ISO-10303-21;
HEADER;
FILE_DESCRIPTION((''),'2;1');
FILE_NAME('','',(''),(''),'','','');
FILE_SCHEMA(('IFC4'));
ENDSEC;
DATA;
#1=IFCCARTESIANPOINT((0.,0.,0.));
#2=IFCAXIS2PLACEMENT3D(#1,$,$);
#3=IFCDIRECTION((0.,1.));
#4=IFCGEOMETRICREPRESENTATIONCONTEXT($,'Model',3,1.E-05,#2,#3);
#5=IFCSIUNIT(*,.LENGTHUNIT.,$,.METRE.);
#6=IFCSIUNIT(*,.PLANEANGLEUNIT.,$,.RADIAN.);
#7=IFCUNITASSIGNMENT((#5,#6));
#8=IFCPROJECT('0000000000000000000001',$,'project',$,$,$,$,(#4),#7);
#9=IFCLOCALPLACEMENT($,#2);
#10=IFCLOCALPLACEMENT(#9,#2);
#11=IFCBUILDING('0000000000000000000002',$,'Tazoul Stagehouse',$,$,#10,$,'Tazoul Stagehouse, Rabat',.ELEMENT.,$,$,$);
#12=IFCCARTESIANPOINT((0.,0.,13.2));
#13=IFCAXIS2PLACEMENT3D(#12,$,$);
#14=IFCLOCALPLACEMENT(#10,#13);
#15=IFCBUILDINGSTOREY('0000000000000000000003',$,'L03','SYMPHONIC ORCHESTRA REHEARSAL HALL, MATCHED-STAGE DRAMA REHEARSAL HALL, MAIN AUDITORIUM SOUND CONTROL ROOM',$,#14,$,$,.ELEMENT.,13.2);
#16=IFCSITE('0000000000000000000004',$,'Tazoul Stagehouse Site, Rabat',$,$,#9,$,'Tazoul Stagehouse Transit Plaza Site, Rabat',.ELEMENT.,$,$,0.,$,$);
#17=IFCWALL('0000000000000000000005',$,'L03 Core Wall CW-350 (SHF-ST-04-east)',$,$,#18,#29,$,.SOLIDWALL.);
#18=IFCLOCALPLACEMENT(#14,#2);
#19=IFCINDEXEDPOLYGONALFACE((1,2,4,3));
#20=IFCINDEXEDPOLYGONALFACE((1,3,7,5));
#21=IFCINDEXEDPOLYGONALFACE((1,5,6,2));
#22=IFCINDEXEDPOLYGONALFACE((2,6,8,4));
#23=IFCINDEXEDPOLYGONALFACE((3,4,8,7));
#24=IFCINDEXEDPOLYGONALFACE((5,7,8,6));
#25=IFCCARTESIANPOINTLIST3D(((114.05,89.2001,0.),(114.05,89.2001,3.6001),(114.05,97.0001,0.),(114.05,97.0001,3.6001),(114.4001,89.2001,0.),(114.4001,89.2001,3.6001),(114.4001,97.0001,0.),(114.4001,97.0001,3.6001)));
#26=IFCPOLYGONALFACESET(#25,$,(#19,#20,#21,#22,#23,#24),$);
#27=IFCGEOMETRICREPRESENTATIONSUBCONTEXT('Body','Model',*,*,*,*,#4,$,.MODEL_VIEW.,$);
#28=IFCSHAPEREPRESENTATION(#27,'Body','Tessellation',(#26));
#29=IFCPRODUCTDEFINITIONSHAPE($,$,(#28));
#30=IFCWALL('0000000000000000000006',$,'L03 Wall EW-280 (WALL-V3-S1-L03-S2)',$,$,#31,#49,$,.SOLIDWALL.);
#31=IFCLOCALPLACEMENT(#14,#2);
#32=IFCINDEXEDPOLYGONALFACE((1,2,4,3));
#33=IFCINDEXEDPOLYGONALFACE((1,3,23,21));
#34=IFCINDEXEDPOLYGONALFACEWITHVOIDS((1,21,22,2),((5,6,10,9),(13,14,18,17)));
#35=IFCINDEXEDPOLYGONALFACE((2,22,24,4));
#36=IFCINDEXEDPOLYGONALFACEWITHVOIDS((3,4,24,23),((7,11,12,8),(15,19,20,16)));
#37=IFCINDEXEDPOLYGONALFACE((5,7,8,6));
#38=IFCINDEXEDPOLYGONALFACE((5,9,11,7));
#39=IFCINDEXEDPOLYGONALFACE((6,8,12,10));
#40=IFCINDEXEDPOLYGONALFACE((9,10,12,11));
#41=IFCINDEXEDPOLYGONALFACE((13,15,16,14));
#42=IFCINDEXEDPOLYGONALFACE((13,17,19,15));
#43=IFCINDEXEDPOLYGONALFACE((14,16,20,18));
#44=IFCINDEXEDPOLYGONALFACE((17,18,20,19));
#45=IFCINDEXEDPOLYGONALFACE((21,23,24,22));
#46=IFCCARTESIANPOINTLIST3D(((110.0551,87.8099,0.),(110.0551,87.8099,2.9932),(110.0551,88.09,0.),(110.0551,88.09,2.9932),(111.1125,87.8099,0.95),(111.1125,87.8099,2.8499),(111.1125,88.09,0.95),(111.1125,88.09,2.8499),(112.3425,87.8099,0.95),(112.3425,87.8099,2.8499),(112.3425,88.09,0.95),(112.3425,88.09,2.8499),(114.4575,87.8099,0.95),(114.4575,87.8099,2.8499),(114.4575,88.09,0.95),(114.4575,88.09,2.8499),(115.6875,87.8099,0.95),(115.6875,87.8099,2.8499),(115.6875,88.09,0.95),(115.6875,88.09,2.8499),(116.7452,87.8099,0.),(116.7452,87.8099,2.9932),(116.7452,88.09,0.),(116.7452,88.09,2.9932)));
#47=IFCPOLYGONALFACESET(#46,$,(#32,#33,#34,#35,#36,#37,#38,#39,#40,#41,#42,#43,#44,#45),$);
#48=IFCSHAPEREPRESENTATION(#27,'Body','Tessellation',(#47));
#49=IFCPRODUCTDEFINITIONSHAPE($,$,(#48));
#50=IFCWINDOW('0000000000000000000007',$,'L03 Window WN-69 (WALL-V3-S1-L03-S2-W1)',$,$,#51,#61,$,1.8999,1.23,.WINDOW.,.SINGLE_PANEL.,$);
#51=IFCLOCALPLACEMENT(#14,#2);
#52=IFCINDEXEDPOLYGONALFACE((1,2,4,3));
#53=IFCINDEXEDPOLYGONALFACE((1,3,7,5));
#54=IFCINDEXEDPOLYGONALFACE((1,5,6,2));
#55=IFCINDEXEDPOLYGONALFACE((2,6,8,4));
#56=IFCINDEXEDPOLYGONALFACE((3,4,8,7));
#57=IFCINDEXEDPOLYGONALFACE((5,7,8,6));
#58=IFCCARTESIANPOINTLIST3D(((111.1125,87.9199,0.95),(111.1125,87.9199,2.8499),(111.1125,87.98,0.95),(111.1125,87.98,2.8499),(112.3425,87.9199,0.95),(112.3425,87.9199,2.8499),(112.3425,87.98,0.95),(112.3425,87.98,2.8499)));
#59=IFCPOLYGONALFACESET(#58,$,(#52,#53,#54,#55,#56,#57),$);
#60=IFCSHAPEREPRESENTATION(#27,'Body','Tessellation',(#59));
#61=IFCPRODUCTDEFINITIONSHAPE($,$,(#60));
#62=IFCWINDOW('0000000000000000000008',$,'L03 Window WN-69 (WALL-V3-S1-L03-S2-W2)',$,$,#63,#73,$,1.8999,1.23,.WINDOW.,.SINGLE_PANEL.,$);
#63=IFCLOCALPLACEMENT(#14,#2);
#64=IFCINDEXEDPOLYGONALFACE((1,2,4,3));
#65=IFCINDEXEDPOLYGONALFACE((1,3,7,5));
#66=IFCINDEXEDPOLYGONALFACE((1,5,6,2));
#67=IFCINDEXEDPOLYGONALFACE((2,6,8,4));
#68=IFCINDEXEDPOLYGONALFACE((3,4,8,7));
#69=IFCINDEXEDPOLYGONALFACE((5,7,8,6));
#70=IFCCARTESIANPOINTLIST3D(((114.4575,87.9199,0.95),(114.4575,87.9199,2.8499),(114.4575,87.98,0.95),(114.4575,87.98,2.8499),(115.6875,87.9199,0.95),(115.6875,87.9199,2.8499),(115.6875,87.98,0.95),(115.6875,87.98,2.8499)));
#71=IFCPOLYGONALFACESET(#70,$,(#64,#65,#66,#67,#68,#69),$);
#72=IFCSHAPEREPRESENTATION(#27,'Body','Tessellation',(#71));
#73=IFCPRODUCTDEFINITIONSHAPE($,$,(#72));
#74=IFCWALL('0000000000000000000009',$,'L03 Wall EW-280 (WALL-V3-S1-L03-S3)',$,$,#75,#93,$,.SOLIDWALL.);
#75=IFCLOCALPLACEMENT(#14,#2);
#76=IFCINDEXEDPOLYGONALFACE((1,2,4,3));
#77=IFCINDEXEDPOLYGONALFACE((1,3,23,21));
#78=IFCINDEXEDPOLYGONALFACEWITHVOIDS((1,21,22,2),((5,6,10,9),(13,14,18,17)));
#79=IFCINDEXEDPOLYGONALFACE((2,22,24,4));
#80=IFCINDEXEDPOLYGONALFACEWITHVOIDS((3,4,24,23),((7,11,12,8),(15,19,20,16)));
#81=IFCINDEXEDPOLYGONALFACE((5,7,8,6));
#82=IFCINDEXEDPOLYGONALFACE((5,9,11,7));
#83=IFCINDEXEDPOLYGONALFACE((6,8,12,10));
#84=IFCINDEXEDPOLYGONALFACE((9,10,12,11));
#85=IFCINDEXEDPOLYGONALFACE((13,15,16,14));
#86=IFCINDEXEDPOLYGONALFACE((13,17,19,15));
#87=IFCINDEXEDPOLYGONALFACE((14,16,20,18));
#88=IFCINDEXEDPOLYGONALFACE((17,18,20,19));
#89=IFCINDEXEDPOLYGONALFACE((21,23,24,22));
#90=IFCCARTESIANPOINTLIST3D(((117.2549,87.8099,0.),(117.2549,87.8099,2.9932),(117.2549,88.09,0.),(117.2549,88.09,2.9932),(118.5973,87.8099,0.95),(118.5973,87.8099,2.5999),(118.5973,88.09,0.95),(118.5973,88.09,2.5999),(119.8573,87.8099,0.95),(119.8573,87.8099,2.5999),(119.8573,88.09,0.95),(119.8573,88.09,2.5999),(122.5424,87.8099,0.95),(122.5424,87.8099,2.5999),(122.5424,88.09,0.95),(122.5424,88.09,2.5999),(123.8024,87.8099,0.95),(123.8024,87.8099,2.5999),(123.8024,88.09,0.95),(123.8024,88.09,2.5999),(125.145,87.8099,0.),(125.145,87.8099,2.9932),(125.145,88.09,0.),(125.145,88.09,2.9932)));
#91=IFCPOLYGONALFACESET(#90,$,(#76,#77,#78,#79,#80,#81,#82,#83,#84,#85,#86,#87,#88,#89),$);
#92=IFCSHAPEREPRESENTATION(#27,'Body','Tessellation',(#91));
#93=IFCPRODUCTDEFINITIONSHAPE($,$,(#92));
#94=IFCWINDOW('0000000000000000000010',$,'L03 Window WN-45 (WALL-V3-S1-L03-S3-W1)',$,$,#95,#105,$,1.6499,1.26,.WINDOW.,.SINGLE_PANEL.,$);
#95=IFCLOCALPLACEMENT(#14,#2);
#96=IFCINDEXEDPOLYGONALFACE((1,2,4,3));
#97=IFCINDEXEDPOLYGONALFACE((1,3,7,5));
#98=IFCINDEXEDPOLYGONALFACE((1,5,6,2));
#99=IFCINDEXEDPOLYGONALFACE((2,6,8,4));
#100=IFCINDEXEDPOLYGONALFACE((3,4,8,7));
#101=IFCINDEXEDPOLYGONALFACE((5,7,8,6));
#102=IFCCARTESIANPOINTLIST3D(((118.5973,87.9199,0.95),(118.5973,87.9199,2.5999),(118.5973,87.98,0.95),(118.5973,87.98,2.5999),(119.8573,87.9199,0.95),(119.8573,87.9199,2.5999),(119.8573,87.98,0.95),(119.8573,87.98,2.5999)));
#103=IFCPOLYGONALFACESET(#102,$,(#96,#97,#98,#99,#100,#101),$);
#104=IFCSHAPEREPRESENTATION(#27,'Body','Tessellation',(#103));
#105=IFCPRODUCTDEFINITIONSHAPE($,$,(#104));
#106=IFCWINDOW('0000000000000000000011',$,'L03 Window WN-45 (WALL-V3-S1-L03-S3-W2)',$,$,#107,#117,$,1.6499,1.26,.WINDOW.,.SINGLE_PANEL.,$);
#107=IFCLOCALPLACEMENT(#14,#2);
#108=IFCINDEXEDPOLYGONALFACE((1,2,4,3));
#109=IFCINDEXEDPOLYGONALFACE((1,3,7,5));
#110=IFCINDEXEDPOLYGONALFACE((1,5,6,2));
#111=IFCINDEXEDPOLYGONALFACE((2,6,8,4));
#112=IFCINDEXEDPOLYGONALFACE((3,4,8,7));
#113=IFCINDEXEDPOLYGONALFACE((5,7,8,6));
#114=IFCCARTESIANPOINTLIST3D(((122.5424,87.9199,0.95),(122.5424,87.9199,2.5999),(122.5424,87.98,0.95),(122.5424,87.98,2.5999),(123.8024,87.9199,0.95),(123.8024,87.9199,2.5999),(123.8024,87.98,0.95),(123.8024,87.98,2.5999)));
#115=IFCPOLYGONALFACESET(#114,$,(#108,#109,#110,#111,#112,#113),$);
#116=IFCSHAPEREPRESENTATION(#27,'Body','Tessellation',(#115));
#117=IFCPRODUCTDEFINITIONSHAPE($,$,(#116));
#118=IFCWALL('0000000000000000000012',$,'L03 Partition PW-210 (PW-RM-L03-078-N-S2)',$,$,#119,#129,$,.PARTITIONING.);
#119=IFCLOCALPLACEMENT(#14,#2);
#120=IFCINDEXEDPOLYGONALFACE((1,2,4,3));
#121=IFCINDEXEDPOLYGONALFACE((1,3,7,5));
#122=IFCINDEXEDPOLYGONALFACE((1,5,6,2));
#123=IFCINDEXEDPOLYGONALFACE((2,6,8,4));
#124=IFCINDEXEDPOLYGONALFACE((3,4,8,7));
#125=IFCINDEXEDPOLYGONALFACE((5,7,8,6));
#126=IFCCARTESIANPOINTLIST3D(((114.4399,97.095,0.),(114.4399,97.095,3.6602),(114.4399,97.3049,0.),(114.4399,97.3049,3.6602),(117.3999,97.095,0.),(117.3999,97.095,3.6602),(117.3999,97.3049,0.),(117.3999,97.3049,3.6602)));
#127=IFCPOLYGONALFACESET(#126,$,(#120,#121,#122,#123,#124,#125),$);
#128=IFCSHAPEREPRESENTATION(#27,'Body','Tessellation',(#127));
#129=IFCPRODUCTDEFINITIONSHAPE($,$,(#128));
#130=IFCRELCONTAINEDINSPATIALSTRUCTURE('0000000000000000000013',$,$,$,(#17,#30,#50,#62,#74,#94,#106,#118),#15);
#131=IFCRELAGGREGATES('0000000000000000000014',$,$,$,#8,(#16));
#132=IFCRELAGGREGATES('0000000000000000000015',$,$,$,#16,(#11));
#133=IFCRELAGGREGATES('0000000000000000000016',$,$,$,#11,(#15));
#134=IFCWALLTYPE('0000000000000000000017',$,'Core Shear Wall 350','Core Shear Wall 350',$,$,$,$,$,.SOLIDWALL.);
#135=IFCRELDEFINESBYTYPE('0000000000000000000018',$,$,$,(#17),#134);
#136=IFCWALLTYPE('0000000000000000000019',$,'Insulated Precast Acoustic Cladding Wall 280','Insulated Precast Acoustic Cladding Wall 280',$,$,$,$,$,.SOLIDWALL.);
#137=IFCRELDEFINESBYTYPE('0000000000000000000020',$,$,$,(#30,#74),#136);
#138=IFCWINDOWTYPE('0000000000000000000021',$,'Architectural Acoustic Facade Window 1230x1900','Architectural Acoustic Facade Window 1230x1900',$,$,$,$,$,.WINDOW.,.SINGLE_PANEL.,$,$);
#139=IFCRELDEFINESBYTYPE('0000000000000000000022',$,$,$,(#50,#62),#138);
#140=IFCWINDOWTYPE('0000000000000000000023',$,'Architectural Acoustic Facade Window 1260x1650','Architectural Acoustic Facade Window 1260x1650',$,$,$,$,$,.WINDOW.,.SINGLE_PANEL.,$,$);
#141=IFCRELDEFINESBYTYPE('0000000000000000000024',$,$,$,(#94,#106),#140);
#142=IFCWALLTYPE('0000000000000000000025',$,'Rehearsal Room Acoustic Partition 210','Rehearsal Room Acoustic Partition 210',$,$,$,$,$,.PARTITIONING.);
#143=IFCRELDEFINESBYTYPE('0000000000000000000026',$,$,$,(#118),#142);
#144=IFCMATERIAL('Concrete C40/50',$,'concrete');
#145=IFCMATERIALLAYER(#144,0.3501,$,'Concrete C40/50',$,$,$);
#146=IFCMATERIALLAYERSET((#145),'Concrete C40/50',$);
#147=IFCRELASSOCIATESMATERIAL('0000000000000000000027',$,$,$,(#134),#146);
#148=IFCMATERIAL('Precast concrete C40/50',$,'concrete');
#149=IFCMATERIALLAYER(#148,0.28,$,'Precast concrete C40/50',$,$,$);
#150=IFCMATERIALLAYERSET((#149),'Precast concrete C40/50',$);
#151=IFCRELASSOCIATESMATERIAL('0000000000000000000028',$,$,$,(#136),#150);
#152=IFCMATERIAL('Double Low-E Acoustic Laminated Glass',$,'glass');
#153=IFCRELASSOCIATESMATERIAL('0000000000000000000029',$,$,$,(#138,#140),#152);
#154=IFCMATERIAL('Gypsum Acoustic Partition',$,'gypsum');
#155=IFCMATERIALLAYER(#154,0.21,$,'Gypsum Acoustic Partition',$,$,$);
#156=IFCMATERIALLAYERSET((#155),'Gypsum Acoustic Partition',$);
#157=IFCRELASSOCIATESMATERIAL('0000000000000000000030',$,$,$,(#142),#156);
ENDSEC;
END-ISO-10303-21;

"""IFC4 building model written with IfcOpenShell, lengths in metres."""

from ifc_helpers import new_model, si_unit, direction, frame, frame_2d, origin, place, context, subcontext, project, spatial, rectangle, extrude, material, layer, layer_set, type_object, element, fill, save


model = new_model("IFC4")

# Units and contexts
model_context = context("Model", 3, precision=1e-05, world=origin(), true_north=direction((0.0, 1.0)))
body_context = subcontext(model_context, "Body", "Model", "MODEL_VIEW")
ifc_project = project(units=[si_unit("LENGTHUNIT", "METRE"), si_unit("PLANEANGLEUNIT", "RADIAN")], contexts=[model_context])

# Site, building, storey
site_placement = place(None, origin())
site = spatial("IfcSite", under=ifc_project, at=site_placement, Name="Tazoul Stagehouse Site, Rabat", LongName="Tazoul Stagehouse Transit Plaza Site, Rabat", CompositionType="ELEMENT", RefElevation=0.0)
building_placement = place(site_placement, origin())
building = spatial("IfcBuilding", under=site, at=building_placement, Name="Tazoul Stagehouse", LongName="Tazoul Stagehouse, Rabat", CompositionType="ELEMENT")
storey_placement = place(building_placement, frame((0.0, 0.0, 13.2)))
storey = spatial("IfcBuildingStorey", under=building, at=storey_placement, Name="L03", Description="SYMPHONIC ORCHESTRA REHEARSAL HALL, MATCHED-STAGE DRAMA REHEARSAL HALL, MAIN AUDITORIUM SOUND CONTROL ROOM", CompositionType="ELEMENT", Elevation=13.2)

# Shared definitions
ifc_material_1 = material(Name="Concrete C40/50", Category="concrete")

# Shared definitions
ifc_layer_1 = layer(ifc_material_1, 0.3501, Name="Concrete C40/50")
ifc_layer_set_1 = layer_set([ifc_layer_1], Name="Concrete C40/50")
wall_type_1 = type_object("IfcWallType", Name="Core Shear Wall 350", Description="Core Shear Wall 350", PredefinedType="SOLIDWALL", material=ifc_layer_set_1)

# Wall
wall_1_placement = place(storey_placement, frame((114.2251, 97.0, 0.0), z_axis=(0.0, 0.0, 1.0), x_axis=(0.0, -1.0, 0.0)))
element("IfcWall", 1, at=wall_1_placement, inside=storey, type_object=wall_type_1, Name="L03 Core Wall CW-350 (SHF-ST-04-east)", PredefinedType="SOLIDWALL", context=body_context, shape_type="SweptSolid", body=[
    extrude(rectangle(XDim=7.8, YDim=0.3501, at=frame_2d((3.8999, 0.0))), origin(), (0.0, 0.0, 1.0), 3.6001),
])

# Walls, openings, windows
ifc_material_2 = material(Name="Precast concrete C40/50", Category="concrete")
ifc_layer_2 = layer(ifc_material_2, 0.28, Name="Precast concrete C40/50")
ifc_layer_set_2 = layer_set([ifc_layer_2], Name="Precast concrete C40/50")
wall_type_2 = type_object("IfcWallType", Name="Insulated Precast Acoustic Cladding Wall 280", Description="Insulated Precast Acoustic Cladding Wall 280", PredefinedType="SOLIDWALL", material=ifc_layer_set_2)
wall_2_placement = place(storey_placement, frame((110.0549, 87.95, 0.0), z_axis=(0.0, 0.0, 1.0), x_axis=(1.0, 0.0, 0.0)))
wall_2 = element("IfcWall", 2, at=wall_2_placement, inside=storey, type_object=wall_type_2, Name="L03 Wall EW-280 (WALL-V3-S1-L03-S2)", PredefinedType="SOLIDWALL", context=body_context, shape_type="SweptSolid", body=[
    extrude(rectangle(XDim=6.6902, YDim=0.28, at=frame_2d((3.3452, 0.0))), origin(), (0.0, 0.0, 1.0), 2.9932),
])
opening_1_placement = place(wall_2_placement, frame((1.0576, 0.0, 0.95)))
opening_1 = element("IfcOpeningElement", 3, at=opening_1_placement, cuts=wall_2, PredefinedType="OPENING", context=body_context, shape_type="SweptSolid", body=[
    extrude(rectangle(XDim=1.23, YDim=1.8999, at=frame_2d((0.615, 0.95))), frame((0.0, 0.1599, 0.0), z_axis=(0.0, -1.0, 0.0), x_axis=(1.0, 0.0, 0.0)), (0.0, 0.0, 1.0), 0.3201),
])
opening_2_placement = place(wall_2_placement, frame((4.4026, 0.0, 0.95)))
opening_2 = element("IfcOpeningElement", 4, at=opening_2_placement, cuts=wall_2, PredefinedType="OPENING", context=body_context, shape_type="SweptSolid", body=[
    extrude(rectangle(XDim=1.23, YDim=1.8999, at=frame_2d((0.615, 0.95))), frame((0.0, 0.1599, 0.0), z_axis=(0.0, -1.0, 0.0), x_axis=(1.0, 0.0, 0.0)), (0.0, 0.0, 1.0), 0.3201),
])
ifc_material_3 = material(Name="Double Low-E Acoustic Laminated Glass", Category="glass")
window_type_1 = type_object("IfcWindowType", Name="Architectural Acoustic Facade Window 1230x1900", Description="Architectural Acoustic Facade Window 1230x1900", PartitioningType="SINGLE_PANEL", PredefinedType="WINDOW", material=ifc_material_3)
window_1_placement = place(opening_1_placement, origin())
window_1 = element("IfcWindow", 5, at=window_1_placement, inside=storey, type_object=window_type_1, Name="L03 Window WN-69 (WALL-V3-S1-L03-S2-W1)", OverallHeight=1.8999, OverallWidth=1.23, PartitioningType="SINGLE_PANEL", PredefinedType="WINDOW", context=body_context, shape_type="SweptSolid", body=[
    extrude(rectangle(XDim=1.23, YDim=1.8999, at=frame_2d((0.615, 0.95))), frame((0.0, 0.03, 0.0), z_axis=(0.0, -1.0, 0.0), x_axis=(1.0, 0.0, 0.0)), (0.0, 0.0, 1.0), 0.0601),
])
fill(opening_1, window_1)
window_2_placement = place(opening_2_placement, origin())
window_2 = element("IfcWindow", 6, at=window_2_placement, inside=storey, type_object=window_type_1, Name="L03 Window WN-69 (WALL-V3-S1-L03-S2-W2)", OverallHeight=1.8999, OverallWidth=1.23, PartitioningType="SINGLE_PANEL", PredefinedType="WINDOW", context=body_context, shape_type="SweptSolid", body=[
    extrude(rectangle(XDim=1.23, YDim=1.8999, at=frame_2d((0.615, 0.95))), frame((0.0, 0.03, 0.0), z_axis=(0.0, -1.0, 0.0), x_axis=(1.0, 0.0, 0.0)), (0.0, 0.0, 1.0), 0.0601),
])
fill(opening_2, window_2)
wall_3_placement = place(storey_placement, frame((117.2549, 87.95, 0.0), z_axis=(0.0, 0.0, 1.0), x_axis=(1.0, 0.0, 0.0)))
wall_3 = element("IfcWall", 7, at=wall_3_placement, inside=storey, type_object=wall_type_2, Name="L03 Wall EW-280 (WALL-V3-S1-L03-S3)", PredefinedType="SOLIDWALL", context=body_context, shape_type="SweptSolid", body=[
    extrude(rectangle(XDim=7.8901, YDim=0.28, at=frame_2d((3.9451, 0.0))), origin(), (0.0, 0.0, 1.0), 2.9932),
])
opening_3_placement = place(wall_3_placement, frame((1.3425, 0.0, 0.95)))
opening_3 = element("IfcOpeningElement", 8, at=opening_3_placement, cuts=wall_3, PredefinedType="OPENING", context=body_context, shape_type="SweptSolid", body=[
    extrude(rectangle(XDim=1.26, YDim=1.6499, at=frame_2d((0.6299, 0.825))), frame((0.0, 0.1599, 0.0), z_axis=(0.0, -1.0, 0.0), x_axis=(1.0, 0.0, 0.0)), (0.0, 0.0, 1.0), 0.3201),
])
opening_4_placement = place(wall_3_placement, frame((5.2876, 0.0, 0.95)))
opening_4 = element("IfcOpeningElement", 9, at=opening_4_placement, cuts=wall_3, PredefinedType="OPENING", context=body_context, shape_type="SweptSolid", body=[
    extrude(rectangle(XDim=1.26, YDim=1.6499, at=frame_2d((0.6299, 0.825))), frame((0.0, 0.1599, 0.0), z_axis=(0.0, -1.0, 0.0), x_axis=(1.0, 0.0, 0.0)), (0.0, 0.0, 1.0), 0.3201),
])
window_type_2 = type_object("IfcWindowType", Name="Architectural Acoustic Facade Window 1260x1650", Description="Architectural Acoustic Facade Window 1260x1650", PartitioningType="SINGLE_PANEL", PredefinedType="WINDOW", material=ifc_material_3)
window_3_placement = place(opening_3_placement, origin())
window_3 = element("IfcWindow", 10, at=window_3_placement, inside=storey, type_object=window_type_2, Name="L03 Window WN-45 (WALL-V3-S1-L03-S3-W1)", OverallHeight=1.6499, OverallWidth=1.26, PartitioningType="SINGLE_PANEL", PredefinedType="WINDOW", context=body_context, shape_type="SweptSolid", body=[
    extrude(rectangle(XDim=1.26, YDim=1.6499, at=frame_2d((0.6299, 0.825))), frame((0.0, 0.03, 0.0), z_axis=(0.0, -1.0, 0.0), x_axis=(1.0, 0.0, 0.0)), (0.0, 0.0, 1.0), 0.0601),
])
fill(opening_3, window_3)
window_4_placement = place(opening_4_placement, origin())
window_4 = element("IfcWindow", 11, at=window_4_placement, inside=storey, type_object=window_type_2, Name="L03 Window WN-45 (WALL-V3-S1-L03-S3-W2)", OverallHeight=1.6499, OverallWidth=1.26, PartitioningType="SINGLE_PANEL", PredefinedType="WINDOW", context=body_context, shape_type="SweptSolid", body=[
    extrude(rectangle(XDim=1.26, YDim=1.6499, at=frame_2d((0.6299, 0.825))), frame((0.0, 0.03, 0.0), z_axis=(0.0, -1.0, 0.0), x_axis=(1.0, 0.0, 0.0)), (0.0, 0.0, 1.0), 0.0601),
])
fill(opening_4, window_4)

# Wall
ifc_material_4 = material(Name="Gypsum Acoustic Partition", Category="gypsum")
ifc_layer_3 = layer(ifc_material_4, 0.21, Name="Gypsum Acoustic Partition")
ifc_layer_set_3 = layer_set([ifc_layer_3], Name="Gypsum Acoustic Partition")
wall_type_3 = type_object("IfcWallType", Name="Rehearsal Room Acoustic Partition 210", Description="Rehearsal Room Acoustic Partition 210", PredefinedType="PARTITIONING", material=ifc_layer_set_3)
wall_4_placement = place(storey_placement, frame((114.4399, 97.2, 0.0), z_axis=(0.0, 0.0, 1.0), x_axis=(1.0, 0.0, 0.0)))
element("IfcWall", 12, at=wall_4_placement, inside=storey, type_object=wall_type_3, Name="L03 Partition PW-210 (PW-RM-L03-078-N-S2)", PredefinedType="PARTITIONING", context=body_context, shape_type="SweptSolid", body=[
    extrude(rectangle(XDim=2.96, YDim=0.21, at=frame_2d((1.48, 0.0))), origin(), (0.0, 0.0, 1.0), 3.6602),
])

save(model, "model.ifc")
